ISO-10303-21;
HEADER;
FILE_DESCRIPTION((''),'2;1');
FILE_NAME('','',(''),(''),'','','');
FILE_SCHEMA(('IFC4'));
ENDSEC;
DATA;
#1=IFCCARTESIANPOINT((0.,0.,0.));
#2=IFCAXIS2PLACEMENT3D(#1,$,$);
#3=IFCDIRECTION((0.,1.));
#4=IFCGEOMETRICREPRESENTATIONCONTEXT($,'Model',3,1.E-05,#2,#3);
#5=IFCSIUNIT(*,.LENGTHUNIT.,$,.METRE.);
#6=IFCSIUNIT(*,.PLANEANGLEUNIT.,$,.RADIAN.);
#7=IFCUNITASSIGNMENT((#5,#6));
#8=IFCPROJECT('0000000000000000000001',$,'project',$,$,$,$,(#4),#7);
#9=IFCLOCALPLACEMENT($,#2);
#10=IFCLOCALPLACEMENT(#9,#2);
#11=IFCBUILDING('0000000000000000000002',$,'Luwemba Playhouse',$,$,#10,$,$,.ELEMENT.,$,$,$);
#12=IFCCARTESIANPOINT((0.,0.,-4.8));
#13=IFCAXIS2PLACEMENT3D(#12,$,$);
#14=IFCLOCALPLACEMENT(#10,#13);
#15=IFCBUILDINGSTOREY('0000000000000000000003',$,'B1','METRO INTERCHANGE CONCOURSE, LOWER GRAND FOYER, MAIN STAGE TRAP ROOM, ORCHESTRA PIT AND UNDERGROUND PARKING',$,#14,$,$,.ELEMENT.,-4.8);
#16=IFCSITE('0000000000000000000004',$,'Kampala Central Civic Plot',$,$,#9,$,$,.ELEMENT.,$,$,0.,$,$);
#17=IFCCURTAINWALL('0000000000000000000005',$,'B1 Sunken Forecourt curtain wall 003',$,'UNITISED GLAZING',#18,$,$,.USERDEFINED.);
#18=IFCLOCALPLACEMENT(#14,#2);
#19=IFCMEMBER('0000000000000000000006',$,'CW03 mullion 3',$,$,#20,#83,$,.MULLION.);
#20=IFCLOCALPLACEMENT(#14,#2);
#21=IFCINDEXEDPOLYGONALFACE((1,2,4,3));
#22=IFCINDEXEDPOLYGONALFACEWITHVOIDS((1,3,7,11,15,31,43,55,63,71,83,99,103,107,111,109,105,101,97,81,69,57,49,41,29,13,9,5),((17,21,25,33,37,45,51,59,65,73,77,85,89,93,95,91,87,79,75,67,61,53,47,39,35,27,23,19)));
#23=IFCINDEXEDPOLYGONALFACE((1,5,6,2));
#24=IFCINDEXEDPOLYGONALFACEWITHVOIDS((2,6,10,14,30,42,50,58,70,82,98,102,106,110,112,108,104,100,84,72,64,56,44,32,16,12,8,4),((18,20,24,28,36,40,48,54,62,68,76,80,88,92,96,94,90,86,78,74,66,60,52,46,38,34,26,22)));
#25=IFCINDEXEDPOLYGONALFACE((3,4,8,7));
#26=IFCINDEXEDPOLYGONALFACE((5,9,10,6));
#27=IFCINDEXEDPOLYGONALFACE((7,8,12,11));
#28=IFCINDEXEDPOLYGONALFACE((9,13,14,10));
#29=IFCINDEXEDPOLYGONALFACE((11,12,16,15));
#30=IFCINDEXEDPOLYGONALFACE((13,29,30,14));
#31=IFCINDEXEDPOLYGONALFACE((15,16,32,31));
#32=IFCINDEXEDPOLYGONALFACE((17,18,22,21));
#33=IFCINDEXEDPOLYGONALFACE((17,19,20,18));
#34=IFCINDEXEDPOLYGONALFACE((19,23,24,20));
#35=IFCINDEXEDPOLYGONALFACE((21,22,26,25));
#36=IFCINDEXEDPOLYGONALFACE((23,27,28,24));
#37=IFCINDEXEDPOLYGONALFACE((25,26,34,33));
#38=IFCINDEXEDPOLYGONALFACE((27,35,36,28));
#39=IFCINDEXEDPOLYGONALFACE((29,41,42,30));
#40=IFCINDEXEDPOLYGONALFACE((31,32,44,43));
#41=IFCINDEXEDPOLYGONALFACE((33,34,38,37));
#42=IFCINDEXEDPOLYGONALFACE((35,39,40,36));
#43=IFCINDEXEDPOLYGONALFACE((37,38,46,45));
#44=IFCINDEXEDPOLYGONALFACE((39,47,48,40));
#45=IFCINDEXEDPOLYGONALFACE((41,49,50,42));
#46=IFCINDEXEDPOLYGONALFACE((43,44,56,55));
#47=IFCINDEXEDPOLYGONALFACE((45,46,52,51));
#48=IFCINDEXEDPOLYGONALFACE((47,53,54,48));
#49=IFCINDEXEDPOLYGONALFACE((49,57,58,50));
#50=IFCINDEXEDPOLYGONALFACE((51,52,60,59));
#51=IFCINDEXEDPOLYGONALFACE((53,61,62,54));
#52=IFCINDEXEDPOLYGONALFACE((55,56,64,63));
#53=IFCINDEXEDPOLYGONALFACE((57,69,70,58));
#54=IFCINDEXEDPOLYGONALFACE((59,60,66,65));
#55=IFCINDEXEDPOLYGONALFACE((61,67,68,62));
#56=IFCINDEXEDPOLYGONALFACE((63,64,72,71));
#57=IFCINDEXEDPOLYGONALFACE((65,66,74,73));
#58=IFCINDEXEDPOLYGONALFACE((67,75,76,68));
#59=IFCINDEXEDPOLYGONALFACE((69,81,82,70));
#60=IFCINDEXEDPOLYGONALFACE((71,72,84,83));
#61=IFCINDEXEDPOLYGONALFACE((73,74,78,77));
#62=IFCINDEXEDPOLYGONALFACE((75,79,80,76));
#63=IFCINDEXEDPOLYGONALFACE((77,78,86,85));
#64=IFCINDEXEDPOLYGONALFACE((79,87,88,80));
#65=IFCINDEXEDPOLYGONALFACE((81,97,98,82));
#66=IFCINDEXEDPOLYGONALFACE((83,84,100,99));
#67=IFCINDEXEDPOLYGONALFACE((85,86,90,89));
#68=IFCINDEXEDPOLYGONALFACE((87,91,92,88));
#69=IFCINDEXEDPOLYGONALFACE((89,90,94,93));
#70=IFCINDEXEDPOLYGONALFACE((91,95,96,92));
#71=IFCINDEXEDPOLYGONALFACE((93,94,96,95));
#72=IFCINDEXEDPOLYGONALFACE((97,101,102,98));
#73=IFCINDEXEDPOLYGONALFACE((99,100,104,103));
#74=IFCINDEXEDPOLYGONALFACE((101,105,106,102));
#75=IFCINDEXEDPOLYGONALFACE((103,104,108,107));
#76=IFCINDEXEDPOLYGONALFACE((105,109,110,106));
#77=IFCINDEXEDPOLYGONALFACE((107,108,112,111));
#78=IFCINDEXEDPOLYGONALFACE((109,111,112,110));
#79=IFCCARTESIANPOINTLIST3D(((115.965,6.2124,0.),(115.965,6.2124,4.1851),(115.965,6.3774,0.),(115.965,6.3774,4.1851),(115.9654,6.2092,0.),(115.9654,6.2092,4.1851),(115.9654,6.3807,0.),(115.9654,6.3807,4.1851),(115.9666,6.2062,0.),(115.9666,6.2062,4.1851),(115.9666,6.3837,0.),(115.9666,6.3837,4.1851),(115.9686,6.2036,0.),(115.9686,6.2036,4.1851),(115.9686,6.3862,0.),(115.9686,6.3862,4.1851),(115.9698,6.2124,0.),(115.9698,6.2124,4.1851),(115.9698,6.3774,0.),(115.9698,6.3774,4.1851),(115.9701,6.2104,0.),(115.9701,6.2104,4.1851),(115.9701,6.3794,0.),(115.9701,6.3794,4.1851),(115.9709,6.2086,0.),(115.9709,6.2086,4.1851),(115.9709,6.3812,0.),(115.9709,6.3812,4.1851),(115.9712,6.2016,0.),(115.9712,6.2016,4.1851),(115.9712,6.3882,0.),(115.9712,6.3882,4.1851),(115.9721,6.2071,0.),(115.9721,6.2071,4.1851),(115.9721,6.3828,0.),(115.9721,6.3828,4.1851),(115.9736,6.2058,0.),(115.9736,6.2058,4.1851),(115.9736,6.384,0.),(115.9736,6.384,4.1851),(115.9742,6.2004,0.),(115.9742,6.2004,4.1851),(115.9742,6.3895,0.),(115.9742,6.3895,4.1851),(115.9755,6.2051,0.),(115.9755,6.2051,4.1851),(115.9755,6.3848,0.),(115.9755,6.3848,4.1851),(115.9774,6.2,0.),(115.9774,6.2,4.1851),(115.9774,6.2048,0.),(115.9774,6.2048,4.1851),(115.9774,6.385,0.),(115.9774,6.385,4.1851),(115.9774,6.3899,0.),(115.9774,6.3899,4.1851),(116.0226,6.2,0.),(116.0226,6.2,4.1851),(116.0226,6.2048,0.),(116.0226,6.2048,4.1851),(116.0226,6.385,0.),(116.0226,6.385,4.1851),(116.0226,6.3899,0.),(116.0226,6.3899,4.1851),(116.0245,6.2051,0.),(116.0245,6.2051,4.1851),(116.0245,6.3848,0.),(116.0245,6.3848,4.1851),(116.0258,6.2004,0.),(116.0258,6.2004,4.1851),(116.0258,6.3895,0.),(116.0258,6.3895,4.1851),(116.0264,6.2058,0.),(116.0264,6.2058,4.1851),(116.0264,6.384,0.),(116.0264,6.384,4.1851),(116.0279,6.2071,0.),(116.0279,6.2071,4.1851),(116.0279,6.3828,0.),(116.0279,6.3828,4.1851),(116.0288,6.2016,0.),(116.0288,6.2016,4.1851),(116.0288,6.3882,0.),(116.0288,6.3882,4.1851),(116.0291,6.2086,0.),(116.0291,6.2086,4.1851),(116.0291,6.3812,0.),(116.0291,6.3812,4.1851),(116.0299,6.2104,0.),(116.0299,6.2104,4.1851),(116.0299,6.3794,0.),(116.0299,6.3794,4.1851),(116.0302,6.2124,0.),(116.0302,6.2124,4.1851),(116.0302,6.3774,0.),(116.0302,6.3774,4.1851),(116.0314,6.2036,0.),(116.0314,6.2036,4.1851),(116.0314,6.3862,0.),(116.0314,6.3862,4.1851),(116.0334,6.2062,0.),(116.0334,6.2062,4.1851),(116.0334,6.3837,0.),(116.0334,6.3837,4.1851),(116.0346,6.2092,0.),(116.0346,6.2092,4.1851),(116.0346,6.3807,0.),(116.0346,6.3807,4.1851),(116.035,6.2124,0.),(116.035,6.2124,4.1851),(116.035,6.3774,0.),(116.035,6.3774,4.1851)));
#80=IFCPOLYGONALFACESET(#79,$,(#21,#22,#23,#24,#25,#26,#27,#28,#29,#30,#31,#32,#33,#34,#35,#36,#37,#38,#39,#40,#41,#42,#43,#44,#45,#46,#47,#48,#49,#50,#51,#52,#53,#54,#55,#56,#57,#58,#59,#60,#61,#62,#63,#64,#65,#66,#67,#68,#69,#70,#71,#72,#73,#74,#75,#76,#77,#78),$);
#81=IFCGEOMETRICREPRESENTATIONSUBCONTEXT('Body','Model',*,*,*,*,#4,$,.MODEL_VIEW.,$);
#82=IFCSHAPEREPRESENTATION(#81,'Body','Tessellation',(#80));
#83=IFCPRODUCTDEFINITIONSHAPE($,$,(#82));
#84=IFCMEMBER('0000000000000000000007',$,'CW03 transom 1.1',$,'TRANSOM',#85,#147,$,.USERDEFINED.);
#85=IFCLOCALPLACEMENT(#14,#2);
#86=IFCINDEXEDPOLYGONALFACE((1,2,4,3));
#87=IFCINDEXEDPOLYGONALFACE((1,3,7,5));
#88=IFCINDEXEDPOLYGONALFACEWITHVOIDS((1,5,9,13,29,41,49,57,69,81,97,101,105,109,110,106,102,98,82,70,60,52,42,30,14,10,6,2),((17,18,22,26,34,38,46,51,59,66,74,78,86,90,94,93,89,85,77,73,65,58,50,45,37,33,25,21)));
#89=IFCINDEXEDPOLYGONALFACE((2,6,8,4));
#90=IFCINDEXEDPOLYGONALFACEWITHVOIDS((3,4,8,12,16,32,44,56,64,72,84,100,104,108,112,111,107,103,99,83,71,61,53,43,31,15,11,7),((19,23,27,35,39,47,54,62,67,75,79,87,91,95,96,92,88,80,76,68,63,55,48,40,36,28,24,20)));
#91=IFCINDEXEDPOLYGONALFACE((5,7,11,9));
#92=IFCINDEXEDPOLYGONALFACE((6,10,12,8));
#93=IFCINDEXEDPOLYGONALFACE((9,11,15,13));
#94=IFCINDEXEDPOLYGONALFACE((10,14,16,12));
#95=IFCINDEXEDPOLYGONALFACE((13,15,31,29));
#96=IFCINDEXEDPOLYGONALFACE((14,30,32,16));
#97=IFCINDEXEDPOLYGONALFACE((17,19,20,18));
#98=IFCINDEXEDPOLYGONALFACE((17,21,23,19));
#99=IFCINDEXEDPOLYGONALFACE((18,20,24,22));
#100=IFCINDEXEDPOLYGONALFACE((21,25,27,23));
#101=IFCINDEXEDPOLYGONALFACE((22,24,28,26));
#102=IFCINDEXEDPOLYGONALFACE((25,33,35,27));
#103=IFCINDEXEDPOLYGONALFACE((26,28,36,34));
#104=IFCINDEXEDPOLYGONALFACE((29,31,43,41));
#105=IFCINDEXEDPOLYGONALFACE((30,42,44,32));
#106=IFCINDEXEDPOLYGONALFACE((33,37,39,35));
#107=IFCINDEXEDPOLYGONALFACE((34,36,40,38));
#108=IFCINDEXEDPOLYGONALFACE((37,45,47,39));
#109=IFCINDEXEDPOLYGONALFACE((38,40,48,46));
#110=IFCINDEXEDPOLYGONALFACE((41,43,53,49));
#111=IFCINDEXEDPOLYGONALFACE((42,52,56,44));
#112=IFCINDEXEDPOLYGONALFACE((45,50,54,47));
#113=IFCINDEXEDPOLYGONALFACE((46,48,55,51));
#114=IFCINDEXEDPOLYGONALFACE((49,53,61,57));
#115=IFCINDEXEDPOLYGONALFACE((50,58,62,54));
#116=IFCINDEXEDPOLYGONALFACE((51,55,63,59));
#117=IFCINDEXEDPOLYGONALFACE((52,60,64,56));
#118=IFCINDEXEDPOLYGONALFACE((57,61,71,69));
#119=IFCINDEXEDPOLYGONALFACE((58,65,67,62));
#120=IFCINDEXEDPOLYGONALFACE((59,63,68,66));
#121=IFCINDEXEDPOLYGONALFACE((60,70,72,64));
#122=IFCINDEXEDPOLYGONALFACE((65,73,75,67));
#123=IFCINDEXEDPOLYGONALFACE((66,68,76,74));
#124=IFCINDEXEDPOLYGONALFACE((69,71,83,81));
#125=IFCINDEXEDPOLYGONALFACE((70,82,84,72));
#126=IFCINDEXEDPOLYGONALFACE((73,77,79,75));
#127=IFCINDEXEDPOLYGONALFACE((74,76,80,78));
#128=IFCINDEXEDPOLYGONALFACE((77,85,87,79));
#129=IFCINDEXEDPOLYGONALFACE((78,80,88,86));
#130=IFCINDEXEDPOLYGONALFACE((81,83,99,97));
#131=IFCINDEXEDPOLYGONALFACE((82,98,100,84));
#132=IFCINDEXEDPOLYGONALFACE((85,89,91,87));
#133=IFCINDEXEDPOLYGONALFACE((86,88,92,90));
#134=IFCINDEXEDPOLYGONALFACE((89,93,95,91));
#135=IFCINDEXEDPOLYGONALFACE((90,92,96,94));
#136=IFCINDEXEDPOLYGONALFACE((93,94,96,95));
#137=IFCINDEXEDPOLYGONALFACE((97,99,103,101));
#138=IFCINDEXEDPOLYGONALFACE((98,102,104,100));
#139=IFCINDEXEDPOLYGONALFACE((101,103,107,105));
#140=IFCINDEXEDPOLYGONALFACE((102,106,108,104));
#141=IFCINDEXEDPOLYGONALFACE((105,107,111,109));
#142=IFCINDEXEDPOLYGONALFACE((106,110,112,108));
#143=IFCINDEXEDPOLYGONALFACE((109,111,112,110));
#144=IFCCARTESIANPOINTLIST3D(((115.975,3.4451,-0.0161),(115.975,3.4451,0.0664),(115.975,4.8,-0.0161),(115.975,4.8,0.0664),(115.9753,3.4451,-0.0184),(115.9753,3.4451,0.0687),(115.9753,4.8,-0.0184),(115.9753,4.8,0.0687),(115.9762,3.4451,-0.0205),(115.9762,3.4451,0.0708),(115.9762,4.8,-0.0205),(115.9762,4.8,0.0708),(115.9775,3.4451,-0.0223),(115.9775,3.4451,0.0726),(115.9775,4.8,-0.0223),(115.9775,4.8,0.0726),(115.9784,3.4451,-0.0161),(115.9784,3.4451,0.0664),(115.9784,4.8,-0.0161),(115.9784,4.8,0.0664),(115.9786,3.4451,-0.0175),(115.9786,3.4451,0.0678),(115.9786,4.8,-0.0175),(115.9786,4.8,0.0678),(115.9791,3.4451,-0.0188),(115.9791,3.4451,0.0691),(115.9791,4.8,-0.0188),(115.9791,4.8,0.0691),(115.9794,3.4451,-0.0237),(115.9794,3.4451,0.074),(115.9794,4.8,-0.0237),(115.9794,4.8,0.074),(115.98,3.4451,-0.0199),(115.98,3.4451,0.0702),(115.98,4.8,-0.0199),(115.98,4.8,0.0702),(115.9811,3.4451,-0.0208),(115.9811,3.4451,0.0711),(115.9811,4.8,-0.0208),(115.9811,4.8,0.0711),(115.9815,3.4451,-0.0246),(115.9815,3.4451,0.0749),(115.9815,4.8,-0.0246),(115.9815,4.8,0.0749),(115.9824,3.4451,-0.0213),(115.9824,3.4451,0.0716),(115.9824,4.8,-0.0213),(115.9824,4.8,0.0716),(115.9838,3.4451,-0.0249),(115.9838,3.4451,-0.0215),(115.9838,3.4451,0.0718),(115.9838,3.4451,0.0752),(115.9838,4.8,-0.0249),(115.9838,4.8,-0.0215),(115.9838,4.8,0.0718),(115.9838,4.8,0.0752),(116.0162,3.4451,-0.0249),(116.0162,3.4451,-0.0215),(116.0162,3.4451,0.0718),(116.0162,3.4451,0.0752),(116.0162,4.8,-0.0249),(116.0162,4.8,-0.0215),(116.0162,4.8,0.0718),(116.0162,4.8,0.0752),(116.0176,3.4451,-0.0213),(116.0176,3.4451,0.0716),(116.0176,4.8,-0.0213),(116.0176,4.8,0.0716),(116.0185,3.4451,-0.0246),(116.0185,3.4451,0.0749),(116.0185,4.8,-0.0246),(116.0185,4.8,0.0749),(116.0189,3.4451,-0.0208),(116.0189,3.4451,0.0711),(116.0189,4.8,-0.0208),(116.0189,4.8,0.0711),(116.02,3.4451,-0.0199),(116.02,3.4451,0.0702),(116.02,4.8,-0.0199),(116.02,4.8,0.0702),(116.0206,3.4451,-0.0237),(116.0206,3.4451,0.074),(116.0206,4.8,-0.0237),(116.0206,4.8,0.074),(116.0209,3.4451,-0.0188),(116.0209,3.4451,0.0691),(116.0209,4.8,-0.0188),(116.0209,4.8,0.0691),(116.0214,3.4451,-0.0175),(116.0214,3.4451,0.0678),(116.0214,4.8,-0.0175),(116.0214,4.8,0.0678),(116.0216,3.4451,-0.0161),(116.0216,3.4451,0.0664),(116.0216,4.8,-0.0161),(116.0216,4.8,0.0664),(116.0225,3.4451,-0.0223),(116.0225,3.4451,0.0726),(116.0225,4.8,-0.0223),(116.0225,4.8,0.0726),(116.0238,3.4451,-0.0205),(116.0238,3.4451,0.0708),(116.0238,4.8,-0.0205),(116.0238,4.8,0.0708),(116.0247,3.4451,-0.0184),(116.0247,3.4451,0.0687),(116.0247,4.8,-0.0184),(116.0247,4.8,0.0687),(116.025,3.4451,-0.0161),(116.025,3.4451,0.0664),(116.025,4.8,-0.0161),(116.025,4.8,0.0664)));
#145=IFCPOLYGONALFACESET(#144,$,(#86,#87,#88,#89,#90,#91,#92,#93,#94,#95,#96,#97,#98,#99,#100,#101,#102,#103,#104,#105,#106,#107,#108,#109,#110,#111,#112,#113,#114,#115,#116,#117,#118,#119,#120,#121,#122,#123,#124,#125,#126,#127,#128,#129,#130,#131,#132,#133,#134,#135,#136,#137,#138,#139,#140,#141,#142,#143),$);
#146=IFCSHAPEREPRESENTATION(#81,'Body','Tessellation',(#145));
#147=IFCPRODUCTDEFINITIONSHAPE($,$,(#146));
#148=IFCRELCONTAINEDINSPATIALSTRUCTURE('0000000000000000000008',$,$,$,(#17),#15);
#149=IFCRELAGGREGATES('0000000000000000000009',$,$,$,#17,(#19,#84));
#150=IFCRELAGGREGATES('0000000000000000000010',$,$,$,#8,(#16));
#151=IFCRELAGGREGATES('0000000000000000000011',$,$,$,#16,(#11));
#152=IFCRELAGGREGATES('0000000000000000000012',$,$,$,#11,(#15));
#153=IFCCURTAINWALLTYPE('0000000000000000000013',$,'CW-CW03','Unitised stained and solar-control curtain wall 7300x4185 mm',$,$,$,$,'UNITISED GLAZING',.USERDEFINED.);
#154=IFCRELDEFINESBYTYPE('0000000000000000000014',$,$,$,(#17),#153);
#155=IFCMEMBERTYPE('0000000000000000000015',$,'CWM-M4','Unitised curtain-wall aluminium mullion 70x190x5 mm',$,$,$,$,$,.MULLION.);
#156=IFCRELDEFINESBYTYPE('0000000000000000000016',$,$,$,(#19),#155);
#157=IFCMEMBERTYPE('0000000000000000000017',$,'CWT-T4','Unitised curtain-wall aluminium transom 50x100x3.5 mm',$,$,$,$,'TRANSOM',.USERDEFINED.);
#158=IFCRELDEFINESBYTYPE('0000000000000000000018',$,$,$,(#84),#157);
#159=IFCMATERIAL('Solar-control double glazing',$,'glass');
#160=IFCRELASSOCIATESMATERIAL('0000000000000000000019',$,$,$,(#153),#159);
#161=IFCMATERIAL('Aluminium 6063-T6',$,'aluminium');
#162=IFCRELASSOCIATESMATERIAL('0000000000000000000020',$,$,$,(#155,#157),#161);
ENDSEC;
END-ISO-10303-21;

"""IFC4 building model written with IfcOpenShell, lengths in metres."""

from ifc_helpers import new_model, si_unit, direction, frame, origin, origin_2d, place, context, subcontext, project, spatial, hollow_rectangle, extrude, material, material_profile, profile_set, type_object, element, aggregate, save


model = new_model("IFC4")

# Units and contexts
model_context = context("Model", 3, precision=1e-05, world=origin(), true_north=direction((0.0, 1.0)))
body_context = subcontext(model_context, "Body", "Model", "MODEL_VIEW")
ifc_project = project(units=[si_unit("LENGTHUNIT", "METRE"), si_unit("PLANEANGLEUNIT", "RADIAN")], contexts=[model_context])

# Site, building, storey
site_placement = place(None, origin())
site = spatial("IfcSite", under=ifc_project, at=site_placement, Name="Kampala Central Civic Plot", CompositionType="ELEMENT", RefElevation=0.0)
building_placement = place(site_placement, origin())
building = spatial("IfcBuilding", under=site, at=building_placement, Name="Luwemba Playhouse", CompositionType="ELEMENT")
storey_placement = place(building_placement, frame((0.0, 0.0, -4.8)))
storey = spatial("IfcBuildingStorey", under=building, at=storey_placement, Name="B1", Description="METRO INTERCHANGE CONCOURSE, LOWER GRAND FOYER, MAIN STAGE TRAP ROOM, ORCHESTRA PIT AND UNDERGROUND PARKING", CompositionType="ELEMENT", Elevation=-4.8)

# Curtain wall, members
ifc_material_1 = material(Name="Solar-control double glazing", Category="glass")
curtain_wall_type = type_object("IfcCurtainWallType", Name="CW-CW03", Description="Unitised stained and solar-control curtain wall 7300x4185 mm", ElementType="UNITISED GLAZING", PredefinedType="USERDEFINED", material=ifc_material_1)
curtain_wall_placement = place(storey_placement, origin())
curtain_wall = element("IfcCurtainWall", 1, at=curtain_wall_placement, inside=storey, type_object=curtain_wall_type, Name="B1 Sunken Forecourt curtain wall 003", ObjectType="UNITISED GLAZING", PredefinedType="USERDEFINED")
ifc_material_2 = material(Name="Aluminium 6063-T6", Category="aluminium")
ifc_material_profile_1 = material_profile(ifc_material_2, hollow_rectangle(XDim=0.0701, YDim=0.1899, WallThickness=0.0049, InnerFilletRadius=0.0076, OuterFilletRadius=0.0125, at=origin_2d()))
ifc_profile_set_1 = profile_set([ifc_material_profile_1], Name="Aluminium 6063-T6")
member_type_1 = type_object("IfcMemberType", Name="CWM-M4", Description="Unitised curtain-wall aluminium mullion 70x190x5 mm", PredefinedType="MULLION", material=ifc_profile_set_1)
member_1_placement = place(storey_placement, frame((116.0, 6.2949, 0.0), z_axis=(0.0, 0.0, 1.0), x_axis=(-1.0, 0.0, 0.0)))
member_1 = element("IfcMember", 2, at=member_1_placement, type_object=member_type_1, Name="CW03 mullion 3", PredefinedType="MULLION", context=body_context, shape_type="SweptSolid", body=[
    extrude(hollow_rectangle(XDim=0.0701, YDim=0.1899, WallThickness=0.0049, InnerFilletRadius=0.0076, OuterFilletRadius=0.0125, at=origin_2d()), origin(), (0.0, 0.0, 1.0), 4.1851),
])
ifc_material_profile_2 = material_profile(ifc_material_2, hollow_rectangle(XDim=0.05, YDim=0.1001, WallThickness=0.0034, InnerFilletRadius=0.0054, OuterFilletRadius=0.0088, at=origin_2d()))
ifc_profile_set_2 = profile_set([ifc_material_profile_2], Name="Aluminium 6063-T6")
member_type_2 = type_object("IfcMemberType", Name="CWT-T4", Description="Unitised curtain-wall aluminium transom 50x100x3.5 mm", ElementType="TRANSOM", PredefinedType="USERDEFINED", material=ifc_profile_set_2)
member_2_placement = place(storey_placement, frame((116.0, 3.4451, 0.0251), z_axis=(0.0, 1.0, 0.0), x_axis=(-1.0, 0.0, 0.0)))
member_2 = element("IfcMember", 3, at=member_2_placement, type_object=member_type_2, Name="CW03 transom 1.1", ObjectType="TRANSOM", PredefinedType="USERDEFINED", context=body_context, shape_type="SweptSolid", body=[
    extrude(hollow_rectangle(XDim=0.05, YDim=0.1001, WallThickness=0.0034, InnerFilletRadius=0.0054, OuterFilletRadius=0.0088, at=origin_2d()), origin(), (0.0, 0.0, 1.0), 1.355),
])
aggregate(curtain_wall, [member_1, member_2])

save(model, "model.ifc")
